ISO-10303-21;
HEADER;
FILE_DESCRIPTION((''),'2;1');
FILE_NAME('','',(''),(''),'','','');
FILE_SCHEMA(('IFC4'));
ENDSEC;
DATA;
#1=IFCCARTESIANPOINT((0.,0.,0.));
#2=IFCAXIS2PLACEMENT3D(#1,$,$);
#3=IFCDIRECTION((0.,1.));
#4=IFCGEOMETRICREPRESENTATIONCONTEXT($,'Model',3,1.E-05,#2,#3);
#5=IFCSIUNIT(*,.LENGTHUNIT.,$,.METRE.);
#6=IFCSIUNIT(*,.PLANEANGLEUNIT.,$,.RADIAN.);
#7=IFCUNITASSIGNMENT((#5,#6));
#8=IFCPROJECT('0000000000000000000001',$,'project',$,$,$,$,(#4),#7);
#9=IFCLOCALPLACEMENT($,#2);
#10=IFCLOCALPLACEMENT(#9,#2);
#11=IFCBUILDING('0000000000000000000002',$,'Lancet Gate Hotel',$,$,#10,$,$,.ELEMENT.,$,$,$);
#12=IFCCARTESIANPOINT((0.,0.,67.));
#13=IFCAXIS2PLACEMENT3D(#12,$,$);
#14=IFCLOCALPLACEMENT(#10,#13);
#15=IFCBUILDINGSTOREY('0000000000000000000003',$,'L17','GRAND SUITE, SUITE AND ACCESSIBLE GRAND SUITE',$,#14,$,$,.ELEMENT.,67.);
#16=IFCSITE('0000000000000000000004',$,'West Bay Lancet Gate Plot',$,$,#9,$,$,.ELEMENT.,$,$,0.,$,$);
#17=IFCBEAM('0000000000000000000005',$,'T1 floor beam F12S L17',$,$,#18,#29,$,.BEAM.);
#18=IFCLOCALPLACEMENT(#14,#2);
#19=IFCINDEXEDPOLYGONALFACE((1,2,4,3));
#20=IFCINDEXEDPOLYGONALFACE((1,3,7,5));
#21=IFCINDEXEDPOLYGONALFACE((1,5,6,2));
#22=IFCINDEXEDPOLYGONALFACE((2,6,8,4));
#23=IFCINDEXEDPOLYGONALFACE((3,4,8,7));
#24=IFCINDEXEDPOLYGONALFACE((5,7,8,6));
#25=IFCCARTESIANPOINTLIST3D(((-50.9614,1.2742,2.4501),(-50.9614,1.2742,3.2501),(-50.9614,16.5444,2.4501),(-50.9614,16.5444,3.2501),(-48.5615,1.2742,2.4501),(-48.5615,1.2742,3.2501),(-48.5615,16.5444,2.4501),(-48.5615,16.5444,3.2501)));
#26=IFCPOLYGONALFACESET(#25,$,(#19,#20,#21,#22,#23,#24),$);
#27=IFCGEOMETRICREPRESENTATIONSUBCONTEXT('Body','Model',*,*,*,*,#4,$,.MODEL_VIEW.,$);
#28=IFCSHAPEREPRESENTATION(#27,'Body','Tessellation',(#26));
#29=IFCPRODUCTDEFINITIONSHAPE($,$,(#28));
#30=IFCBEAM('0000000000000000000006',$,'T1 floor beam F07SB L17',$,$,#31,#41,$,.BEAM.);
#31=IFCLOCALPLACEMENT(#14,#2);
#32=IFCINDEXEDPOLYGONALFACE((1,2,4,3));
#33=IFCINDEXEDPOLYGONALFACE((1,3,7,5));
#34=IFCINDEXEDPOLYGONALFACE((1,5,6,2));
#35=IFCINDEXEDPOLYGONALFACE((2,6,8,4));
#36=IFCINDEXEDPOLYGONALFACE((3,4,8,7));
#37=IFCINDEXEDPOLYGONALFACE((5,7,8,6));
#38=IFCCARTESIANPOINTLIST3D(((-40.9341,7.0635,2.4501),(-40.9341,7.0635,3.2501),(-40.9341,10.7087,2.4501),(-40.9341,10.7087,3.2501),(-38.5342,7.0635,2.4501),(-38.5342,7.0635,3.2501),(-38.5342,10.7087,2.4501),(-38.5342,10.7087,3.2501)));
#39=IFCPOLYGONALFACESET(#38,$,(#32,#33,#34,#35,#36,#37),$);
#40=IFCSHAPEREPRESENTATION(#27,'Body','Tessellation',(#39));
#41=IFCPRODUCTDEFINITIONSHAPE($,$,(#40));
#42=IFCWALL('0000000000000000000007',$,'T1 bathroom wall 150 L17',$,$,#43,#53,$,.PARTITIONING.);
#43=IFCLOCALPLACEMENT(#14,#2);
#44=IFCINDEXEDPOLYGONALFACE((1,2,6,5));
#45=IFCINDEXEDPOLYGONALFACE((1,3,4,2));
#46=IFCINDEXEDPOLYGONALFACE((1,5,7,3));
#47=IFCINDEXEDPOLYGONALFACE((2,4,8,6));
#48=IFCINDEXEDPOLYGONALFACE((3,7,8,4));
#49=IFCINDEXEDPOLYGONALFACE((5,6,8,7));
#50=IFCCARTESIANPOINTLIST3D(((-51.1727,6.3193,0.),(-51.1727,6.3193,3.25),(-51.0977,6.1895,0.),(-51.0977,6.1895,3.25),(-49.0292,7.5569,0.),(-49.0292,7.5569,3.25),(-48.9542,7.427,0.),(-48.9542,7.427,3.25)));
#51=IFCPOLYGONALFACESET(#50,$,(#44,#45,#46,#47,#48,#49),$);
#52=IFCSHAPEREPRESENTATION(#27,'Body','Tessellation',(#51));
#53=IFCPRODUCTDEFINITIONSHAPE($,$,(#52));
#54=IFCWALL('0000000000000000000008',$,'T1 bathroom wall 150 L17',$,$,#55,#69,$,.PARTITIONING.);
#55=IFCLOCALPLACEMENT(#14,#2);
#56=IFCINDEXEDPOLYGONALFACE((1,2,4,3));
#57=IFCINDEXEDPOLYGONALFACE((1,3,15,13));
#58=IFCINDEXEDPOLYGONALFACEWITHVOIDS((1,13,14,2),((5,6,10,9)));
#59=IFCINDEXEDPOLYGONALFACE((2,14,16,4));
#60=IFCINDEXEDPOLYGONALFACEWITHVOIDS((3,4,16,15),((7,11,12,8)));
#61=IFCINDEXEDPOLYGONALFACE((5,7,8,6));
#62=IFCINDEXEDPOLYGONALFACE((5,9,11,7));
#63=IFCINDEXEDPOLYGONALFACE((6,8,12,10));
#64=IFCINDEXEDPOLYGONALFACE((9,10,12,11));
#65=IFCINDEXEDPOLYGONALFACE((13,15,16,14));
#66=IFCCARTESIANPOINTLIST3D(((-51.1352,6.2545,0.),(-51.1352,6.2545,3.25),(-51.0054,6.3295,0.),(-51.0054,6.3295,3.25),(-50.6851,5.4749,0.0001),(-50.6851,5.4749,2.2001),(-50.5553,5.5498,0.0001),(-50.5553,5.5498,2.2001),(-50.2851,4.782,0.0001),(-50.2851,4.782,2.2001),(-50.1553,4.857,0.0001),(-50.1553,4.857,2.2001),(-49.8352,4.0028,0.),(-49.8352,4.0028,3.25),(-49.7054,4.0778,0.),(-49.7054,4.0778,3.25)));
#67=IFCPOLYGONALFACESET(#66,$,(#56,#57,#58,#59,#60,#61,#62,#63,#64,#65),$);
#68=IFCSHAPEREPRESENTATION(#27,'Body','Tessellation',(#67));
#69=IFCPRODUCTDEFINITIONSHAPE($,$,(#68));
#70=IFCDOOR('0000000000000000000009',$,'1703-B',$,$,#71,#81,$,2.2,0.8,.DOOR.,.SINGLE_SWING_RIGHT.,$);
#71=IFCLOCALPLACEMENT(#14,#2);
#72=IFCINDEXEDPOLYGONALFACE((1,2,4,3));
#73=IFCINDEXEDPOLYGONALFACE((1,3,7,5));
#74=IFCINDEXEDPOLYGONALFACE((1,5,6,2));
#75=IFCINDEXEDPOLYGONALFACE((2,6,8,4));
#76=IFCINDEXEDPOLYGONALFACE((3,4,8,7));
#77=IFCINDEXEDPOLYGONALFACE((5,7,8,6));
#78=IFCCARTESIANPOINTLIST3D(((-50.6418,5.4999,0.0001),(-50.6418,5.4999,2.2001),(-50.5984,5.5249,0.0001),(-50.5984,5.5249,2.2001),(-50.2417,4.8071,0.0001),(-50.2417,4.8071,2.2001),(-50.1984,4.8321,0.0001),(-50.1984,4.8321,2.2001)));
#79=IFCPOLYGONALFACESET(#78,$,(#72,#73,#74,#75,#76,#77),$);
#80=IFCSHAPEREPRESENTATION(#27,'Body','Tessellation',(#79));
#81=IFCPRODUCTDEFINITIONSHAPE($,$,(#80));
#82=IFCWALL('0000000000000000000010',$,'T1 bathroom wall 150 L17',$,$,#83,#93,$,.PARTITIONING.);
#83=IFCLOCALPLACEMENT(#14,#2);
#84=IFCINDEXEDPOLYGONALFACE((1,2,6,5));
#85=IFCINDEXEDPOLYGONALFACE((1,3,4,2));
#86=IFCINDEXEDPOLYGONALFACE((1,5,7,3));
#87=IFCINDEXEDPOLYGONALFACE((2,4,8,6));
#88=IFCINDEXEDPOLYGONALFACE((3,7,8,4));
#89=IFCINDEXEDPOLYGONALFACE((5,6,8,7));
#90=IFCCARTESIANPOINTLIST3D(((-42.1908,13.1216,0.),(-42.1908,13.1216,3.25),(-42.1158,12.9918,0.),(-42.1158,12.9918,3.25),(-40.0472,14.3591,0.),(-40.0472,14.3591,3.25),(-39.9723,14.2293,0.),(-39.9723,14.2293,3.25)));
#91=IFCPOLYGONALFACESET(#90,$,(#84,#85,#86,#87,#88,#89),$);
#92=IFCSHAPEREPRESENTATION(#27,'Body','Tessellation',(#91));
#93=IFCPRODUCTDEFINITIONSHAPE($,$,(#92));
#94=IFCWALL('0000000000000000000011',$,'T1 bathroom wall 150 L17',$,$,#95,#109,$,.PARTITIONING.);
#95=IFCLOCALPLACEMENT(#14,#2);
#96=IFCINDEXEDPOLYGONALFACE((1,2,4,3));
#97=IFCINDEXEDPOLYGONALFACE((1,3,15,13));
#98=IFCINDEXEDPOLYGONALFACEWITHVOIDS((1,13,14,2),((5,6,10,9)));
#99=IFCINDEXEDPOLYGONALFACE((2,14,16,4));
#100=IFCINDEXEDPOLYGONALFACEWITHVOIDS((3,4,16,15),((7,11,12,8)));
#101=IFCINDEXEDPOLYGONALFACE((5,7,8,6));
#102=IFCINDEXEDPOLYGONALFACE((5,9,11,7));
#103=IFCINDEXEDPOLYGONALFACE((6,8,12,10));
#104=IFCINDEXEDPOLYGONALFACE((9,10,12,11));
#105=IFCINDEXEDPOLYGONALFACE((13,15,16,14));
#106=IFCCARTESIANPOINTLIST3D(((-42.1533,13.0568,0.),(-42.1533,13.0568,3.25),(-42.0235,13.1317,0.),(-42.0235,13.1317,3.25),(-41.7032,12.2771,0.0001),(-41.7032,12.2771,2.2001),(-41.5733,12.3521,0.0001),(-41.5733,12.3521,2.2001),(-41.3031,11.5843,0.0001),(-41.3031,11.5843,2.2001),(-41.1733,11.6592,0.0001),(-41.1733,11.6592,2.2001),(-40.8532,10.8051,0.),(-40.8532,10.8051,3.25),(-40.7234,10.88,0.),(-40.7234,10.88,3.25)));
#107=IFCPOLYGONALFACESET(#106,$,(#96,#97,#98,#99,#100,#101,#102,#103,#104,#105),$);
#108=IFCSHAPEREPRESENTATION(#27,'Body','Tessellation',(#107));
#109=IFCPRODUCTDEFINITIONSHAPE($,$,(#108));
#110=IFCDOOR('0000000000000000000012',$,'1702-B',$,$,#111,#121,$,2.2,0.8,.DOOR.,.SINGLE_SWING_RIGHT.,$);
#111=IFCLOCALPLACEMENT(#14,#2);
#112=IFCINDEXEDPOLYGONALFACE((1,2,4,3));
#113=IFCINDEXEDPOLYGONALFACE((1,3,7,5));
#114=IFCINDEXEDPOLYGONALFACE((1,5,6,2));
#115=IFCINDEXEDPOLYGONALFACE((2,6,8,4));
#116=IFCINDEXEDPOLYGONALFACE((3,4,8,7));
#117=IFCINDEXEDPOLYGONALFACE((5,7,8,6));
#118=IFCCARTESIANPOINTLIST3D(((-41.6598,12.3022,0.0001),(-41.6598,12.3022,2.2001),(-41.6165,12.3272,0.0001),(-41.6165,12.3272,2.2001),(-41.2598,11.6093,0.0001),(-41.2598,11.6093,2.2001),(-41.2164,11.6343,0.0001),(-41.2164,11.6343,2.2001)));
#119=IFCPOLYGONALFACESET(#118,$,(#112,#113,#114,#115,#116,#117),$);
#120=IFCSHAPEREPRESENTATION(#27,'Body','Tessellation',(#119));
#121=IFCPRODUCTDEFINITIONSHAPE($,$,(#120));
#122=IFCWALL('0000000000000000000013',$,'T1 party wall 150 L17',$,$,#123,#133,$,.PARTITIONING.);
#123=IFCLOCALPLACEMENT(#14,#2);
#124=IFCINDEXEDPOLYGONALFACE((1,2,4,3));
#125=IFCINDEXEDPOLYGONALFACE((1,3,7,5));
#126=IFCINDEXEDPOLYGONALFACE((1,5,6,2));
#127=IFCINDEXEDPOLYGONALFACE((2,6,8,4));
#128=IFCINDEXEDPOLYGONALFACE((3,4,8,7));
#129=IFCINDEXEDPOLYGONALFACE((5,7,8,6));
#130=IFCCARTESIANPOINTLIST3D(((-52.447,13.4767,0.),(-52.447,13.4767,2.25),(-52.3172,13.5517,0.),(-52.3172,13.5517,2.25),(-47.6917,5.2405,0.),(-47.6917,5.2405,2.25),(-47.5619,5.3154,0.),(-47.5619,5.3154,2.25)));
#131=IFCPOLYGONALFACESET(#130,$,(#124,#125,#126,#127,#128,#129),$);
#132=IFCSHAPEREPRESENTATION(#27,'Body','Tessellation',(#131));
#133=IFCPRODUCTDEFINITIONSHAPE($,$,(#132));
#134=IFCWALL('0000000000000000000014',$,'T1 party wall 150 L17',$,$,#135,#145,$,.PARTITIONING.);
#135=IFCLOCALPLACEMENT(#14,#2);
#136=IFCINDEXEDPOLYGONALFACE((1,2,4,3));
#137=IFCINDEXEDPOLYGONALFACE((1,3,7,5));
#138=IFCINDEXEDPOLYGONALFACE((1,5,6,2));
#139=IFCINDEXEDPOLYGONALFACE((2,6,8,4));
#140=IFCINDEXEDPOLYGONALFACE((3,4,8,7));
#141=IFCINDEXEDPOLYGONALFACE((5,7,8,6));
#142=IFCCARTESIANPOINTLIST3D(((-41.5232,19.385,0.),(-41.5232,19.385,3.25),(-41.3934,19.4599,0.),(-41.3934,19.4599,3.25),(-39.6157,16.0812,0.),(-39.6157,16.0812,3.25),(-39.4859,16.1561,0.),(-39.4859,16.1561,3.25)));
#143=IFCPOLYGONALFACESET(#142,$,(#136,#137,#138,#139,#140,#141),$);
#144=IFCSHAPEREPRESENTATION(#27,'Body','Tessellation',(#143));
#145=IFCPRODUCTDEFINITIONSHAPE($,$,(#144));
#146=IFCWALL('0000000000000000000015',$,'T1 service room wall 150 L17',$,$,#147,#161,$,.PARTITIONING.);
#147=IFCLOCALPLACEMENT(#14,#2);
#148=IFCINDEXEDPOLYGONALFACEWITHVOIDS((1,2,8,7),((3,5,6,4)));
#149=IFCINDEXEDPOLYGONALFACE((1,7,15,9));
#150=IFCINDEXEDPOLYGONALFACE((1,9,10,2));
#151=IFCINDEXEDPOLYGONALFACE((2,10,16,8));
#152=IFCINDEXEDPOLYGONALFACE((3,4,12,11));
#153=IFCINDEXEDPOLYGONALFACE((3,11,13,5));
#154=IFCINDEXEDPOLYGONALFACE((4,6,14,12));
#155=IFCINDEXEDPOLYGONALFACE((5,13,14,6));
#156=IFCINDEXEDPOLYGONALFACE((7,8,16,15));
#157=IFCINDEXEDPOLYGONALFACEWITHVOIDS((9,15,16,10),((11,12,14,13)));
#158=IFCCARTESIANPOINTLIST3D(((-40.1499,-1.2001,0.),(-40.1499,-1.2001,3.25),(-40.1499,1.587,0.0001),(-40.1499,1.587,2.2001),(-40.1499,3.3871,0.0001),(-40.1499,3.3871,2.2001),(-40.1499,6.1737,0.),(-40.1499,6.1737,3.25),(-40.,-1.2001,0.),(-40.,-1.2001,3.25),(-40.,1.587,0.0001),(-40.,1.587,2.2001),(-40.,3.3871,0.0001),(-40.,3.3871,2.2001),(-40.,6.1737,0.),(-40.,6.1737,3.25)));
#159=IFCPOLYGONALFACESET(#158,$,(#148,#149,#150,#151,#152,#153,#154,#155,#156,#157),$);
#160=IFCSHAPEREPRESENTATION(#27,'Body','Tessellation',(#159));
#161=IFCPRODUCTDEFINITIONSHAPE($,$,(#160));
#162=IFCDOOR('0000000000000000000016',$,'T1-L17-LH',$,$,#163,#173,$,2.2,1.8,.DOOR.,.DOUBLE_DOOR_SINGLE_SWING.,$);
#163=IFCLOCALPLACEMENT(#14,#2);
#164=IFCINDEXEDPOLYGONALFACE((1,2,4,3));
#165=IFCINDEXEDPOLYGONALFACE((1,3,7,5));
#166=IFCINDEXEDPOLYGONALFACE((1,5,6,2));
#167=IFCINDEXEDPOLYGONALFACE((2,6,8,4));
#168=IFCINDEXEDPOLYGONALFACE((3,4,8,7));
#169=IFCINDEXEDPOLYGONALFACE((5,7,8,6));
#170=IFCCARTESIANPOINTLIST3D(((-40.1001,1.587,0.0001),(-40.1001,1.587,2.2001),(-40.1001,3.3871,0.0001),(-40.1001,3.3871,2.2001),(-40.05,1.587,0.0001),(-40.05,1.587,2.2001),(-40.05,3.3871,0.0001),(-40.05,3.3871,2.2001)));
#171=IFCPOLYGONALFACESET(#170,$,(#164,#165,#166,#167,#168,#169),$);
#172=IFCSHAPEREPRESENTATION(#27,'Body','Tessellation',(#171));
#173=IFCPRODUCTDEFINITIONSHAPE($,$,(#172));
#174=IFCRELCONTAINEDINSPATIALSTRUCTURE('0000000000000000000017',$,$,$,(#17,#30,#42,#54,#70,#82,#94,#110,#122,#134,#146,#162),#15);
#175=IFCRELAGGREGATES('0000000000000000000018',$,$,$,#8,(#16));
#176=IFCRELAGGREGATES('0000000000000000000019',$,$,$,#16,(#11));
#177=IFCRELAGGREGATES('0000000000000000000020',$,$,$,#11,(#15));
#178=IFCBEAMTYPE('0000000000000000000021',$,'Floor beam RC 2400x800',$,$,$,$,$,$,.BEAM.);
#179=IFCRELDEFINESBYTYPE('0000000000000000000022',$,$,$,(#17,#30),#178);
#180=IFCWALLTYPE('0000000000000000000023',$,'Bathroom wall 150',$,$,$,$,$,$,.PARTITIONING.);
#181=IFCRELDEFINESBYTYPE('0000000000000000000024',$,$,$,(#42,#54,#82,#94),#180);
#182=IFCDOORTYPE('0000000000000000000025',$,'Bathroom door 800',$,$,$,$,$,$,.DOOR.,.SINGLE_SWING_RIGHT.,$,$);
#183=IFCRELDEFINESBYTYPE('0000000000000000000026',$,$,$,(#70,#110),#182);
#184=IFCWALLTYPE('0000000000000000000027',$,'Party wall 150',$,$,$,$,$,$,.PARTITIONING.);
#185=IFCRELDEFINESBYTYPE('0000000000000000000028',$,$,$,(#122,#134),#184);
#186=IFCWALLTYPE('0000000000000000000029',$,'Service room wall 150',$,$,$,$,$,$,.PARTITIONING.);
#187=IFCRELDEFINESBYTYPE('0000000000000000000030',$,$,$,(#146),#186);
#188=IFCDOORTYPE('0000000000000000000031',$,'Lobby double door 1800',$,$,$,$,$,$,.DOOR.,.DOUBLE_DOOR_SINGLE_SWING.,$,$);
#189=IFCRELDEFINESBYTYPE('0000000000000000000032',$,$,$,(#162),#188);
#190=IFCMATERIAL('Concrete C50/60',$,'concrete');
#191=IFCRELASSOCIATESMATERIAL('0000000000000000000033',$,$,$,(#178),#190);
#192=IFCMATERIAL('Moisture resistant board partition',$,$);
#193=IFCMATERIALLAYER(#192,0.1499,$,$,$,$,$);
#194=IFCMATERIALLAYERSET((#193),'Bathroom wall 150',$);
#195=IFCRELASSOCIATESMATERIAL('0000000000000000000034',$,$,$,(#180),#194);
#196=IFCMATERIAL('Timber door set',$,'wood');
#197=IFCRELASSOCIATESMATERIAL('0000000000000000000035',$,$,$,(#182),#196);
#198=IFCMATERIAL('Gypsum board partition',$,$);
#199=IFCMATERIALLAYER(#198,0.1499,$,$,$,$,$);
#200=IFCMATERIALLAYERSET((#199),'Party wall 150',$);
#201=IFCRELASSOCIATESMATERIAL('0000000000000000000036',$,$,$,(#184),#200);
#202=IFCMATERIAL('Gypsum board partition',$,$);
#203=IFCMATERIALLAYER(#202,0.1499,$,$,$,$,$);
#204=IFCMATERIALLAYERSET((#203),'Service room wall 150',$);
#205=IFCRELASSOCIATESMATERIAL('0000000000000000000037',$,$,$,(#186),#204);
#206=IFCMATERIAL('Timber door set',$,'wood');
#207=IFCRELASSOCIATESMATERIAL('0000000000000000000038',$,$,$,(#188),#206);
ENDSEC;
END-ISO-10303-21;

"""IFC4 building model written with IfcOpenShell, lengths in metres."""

from ifc_helpers import new_model, si_unit, direction, frame, frame_2d, origin, origin_2d, place, context, subcontext, project, spatial, rectangle, extrude, material, layer, layer_set, material_profile, profile_set, type_object, element, fill, save


model = new_model("IFC4")

# Units and contexts
model_context = context("Model", 3, precision=1e-05, world=origin(), true_north=direction((0.0, 1.0)))
body_context = subcontext(model_context, "Body", "Model", "MODEL_VIEW")
ifc_project = project(units=[si_unit("LENGTHUNIT", "METRE"), si_unit("PLANEANGLEUNIT", "RADIAN")], contexts=[model_context])

# Site, building, storey
site_placement = place(None, origin())
site = spatial("IfcSite", under=ifc_project, at=site_placement, Name="West Bay Lancet Gate Plot", CompositionType="ELEMENT", RefElevation=0.0)
building_placement = place(site_placement, origin())
building = spatial("IfcBuilding", under=site, at=building_placement, Name="Lancet Gate Hotel", CompositionType="ELEMENT")
storey_placement = place(building_placement, frame((0.0, 0.0, 67.0)))
storey = spatial("IfcBuildingStorey", under=building, at=storey_placement, Name="L17", Description="GRAND SUITE, SUITE AND ACCESSIBLE GRAND SUITE", CompositionType="ELEMENT", Elevation=67.0)

# Beams
ifc_material_1 = material(Name="Concrete C50/60", Category="concrete")
ifc_material_profile_1 = material_profile(ifc_material_1, rectangle(XDim=2.3999, YDim=0.8, at=origin_2d()), Name="RC 2400x800")
ifc_profile_set_1 = profile_set([ifc_material_profile_1], Name="Concrete C50/60")
beam_type_1 = type_object("IfcBeamType", Name="Floor beam RC 2400x800", PredefinedType="BEAM", material=ifc_profile_set_1)
beam_1_placement = place(storey_placement, frame((-49.7615, 16.5444, 2.8501), z_axis=(0.0, -1.0, 0.0), x_axis=(1.0, 0.0, 0.0)))
element("IfcBeam", 1, at=beam_1_placement, inside=storey, type_object=beam_type_1, Name="T1 floor beam F12S L17", PredefinedType="BEAM", context=body_context, shape_type="SweptSolid", body=[
    extrude(rectangle(XDim=2.3999, YDim=0.8, at=origin_2d()), origin(), (0.0, 0.0, 1.0), 15.2703),
])
beam_2_placement = place(storey_placement, frame((-39.7341, 10.7087, 2.8501), z_axis=(0.0, -1.0, 0.0), x_axis=(1.0, 0.0, 0.0)))
element("IfcBeam", 2, at=beam_2_placement, inside=storey, type_object=beam_type_1, Name="T1 floor beam F07SB L17", PredefinedType="BEAM", context=body_context, shape_type="SweptSolid", body=[
    extrude(rectangle(XDim=2.3999, YDim=0.8, at=origin_2d()), origin(), (0.0, 0.0, 1.0), 3.6453),
])

# Wall
ifc_material_2 = material(Name="Moisture resistant board partition")
ifc_layer_1 = layer(ifc_material_2, 0.1499)
ifc_layer_set_1 = layer_set([ifc_layer_1], Name="Bathroom wall 150")
wall_type_1 = type_object("IfcWallType", Name="Bathroom wall 150", PredefinedType="PARTITIONING", material=ifc_layer_set_1)
wall_1_placement = place(storey_placement, frame((-48.9917, 7.4919, 0.0), z_axis=(0.0, 0.0, 1.0), x_axis=(-0.866031, -0.49999, 0.0)))
element("IfcWall", 3, at=wall_1_placement, inside=storey, type_object=wall_type_1, Name="T1 bathroom wall 150 L17", PredefinedType="PARTITIONING", context=body_context, shape_type="SweptSolid", body=[
    extrude(rectangle(XDim=2.4751, YDim=0.1499, at=frame_2d((1.2375, 0.0))), origin(), (0.0, 0.0, 1.0), 3.25),
])

# Wall, opening, door
wall_2_placement = place(storey_placement, frame((-49.7703, 4.0403, 0.0), z_axis=(0.0, 0.0, 1.0), x_axis=(-0.500007, 0.866021, 0.0)))
wall_2 = element("IfcWall", 4, at=wall_2_placement, inside=storey, type_object=wall_type_1, Name="T1 bathroom wall 150 L17", PredefinedType="PARTITIONING", context=body_context, shape_type="SweptSolid", body=[
    extrude(rectangle(XDim=2.6001, YDim=0.1499, at=frame_2d((1.3, 0.0))), origin(), (0.0, 0.0, 1.0), 3.25),
])
opening_1_placement = place(wall_2_placement, frame((0.8999, 0.0, 0.0)))
opening_1 = element("IfcOpeningElement", 5, at=opening_1_placement, cuts=wall_2, PredefinedType="OPENING", context=body_context, shape_type="SweptSolid", body=[
    extrude(rectangle(XDim=0.8, YDim=2.2, at=frame_2d((0.3999, 1.1001))), frame((0.0, 0.085, 0.0), z_axis=(0.0, -1.0, 0.0), x_axis=(1.0, 0.0, 0.0)), (0.0, 0.0, 1.0), 0.1699),
])
ifc_material_3 = material(Name="Timber door set", Category="wood")
door_type_1 = type_object("IfcDoorType", Name="Bathroom door 800", OperationType="SINGLE_SWING_RIGHT", PredefinedType="DOOR", material=ifc_material_3)
door_1_placement = place(opening_1_placement, origin())
door_1 = element("IfcDoor", 6, at=door_1_placement, inside=storey, type_object=door_type_1, Name="1703-B", OperationType="SINGLE_SWING_RIGHT", OverallHeight=2.2, OverallWidth=0.8, PredefinedType="DOOR", context=body_context, shape_type="SweptSolid", body=[
    extrude(rectangle(XDim=0.8, YDim=2.2, at=frame_2d((0.3999, 1.1001))), frame((0.0, 0.0249, 0.0), z_axis=(0.0, -1.0, 0.0), x_axis=(1.0, 0.0, 0.0)), (0.0, 0.0, 1.0), 0.05),
])
fill(opening_1, door_1)

# Wall
wall_3_placement = place(storey_placement, frame((-40.0098, 14.2942, 0.0), z_axis=(0.0, 0.0, 1.0), x_axis=(-0.866031, -0.49999, 0.0)))
element("IfcWall", 7, at=wall_3_placement, inside=storey, type_object=wall_type_1, Name="T1 bathroom wall 150 L17", PredefinedType="PARTITIONING", context=body_context, shape_type="SweptSolid", body=[
    extrude(rectangle(XDim=2.4751, YDim=0.1499, at=frame_2d((1.2375, 0.0))), origin(), (0.0, 0.0, 1.0), 3.25),
])

# Wall, opening, door
wall_4_placement = place(storey_placement, frame((-40.7883, 10.8425, 0.0), z_axis=(0.0, 0.0, 1.0), x_axis=(-0.500007, 0.866021, 0.0)))
wall_4 = element("IfcWall", 8, at=wall_4_placement, inside=storey, type_object=wall_type_1, Name="T1 bathroom wall 150 L17", PredefinedType="PARTITIONING", context=body_context, shape_type="SweptSolid", body=[
    extrude(rectangle(XDim=2.6001, YDim=0.1499, at=frame_2d((1.3, 0.0))), origin(), (0.0, 0.0, 1.0), 3.25),
])
opening_2_placement = place(wall_4_placement, frame((0.8999, 0.0, 0.0)))
opening_2 = element("IfcOpeningElement", 9, at=opening_2_placement, cuts=wall_4, PredefinedType="OPENING", context=body_context, shape_type="SweptSolid", body=[
    extrude(rectangle(XDim=0.8, YDim=2.2, at=frame_2d((0.3999, 1.1001))), frame((0.0, 0.085, 0.0), z_axis=(0.0, -1.0, 0.0), x_axis=(1.0, 0.0, 0.0)), (0.0, 0.0, 1.0), 0.1699),
])
door_2_placement = place(opening_2_placement, origin())
door_2 = element("IfcDoor", 10, at=door_2_placement, inside=storey, type_object=door_type_1, Name="1702-B", OperationType="SINGLE_SWING_RIGHT", OverallHeight=2.2, OverallWidth=0.8, PredefinedType="DOOR", context=body_context, shape_type="SweptSolid", body=[
    extrude(rectangle(XDim=0.8, YDim=2.2, at=frame_2d((0.3999, 1.1001))), frame((0.0, 0.0249, 0.0), z_axis=(0.0, -1.0, 0.0), x_axis=(1.0, 0.0, 0.0)), (0.0, 0.0, 1.0), 0.05),
])
fill(opening_2, door_2)

# Walls
ifc_material_4 = material(Name="Gypsum board partition")
ifc_layer_2 = layer(ifc_material_4, 0.1499)
ifc_layer_set_2 = layer_set([ifc_layer_2], Name="Party wall 150")
wall_type_2 = type_object("IfcWallType", Name="Party wall 150", PredefinedType="PARTITIONING", material=ifc_layer_set_2)
wall_5_placement = place(storey_placement, frame((-47.6267, 5.2778, 0.0), z_axis=(0.0, 0.0, 1.0), x_axis=(-0.50001, 0.86602, 0.0)))
element("IfcWall", 11, at=wall_5_placement, inside=storey, type_object=wall_type_2, Name="T1 party wall 150 L17", PredefinedType="PARTITIONING", context=body_context, shape_type="SweptSolid", body=[
    extrude(rectangle(XDim=9.5105, YDim=0.1499, at=frame_2d((4.7554, 0.0))), origin(), (0.0, 0.0, 1.0), 2.25),
])
wall_6_placement = place(storey_placement, frame((-39.5508, 16.1187, 0.0), z_axis=(0.0, 0.0, 1.0), x_axis=(-0.500014, 0.866017, 0.0)))
element("IfcWall", 12, at=wall_6_placement, inside=storey, type_object=wall_type_2, Name="T1 party wall 150 L17", PredefinedType="PARTITIONING", context=body_context, shape_type="SweptSolid", body=[
    extrude(rectangle(XDim=3.8149, YDim=0.1499, at=frame_2d((1.9075, 0.0))), origin(), (0.0, 0.0, 1.0), 3.25),
])

# Wall, opening, door
ifc_material_5 = material(Name="Gypsum board partition")
ifc_layer_3 = layer(ifc_material_5, 0.1499)
ifc_layer_set_3 = layer_set([ifc_layer_3], Name="Service room wall 150")
wall_type_3 = type_object("IfcWallType", Name="Service room wall 150", PredefinedType="PARTITIONING", material=ifc_layer_set_3)
wall_7_placement = place(storey_placement, frame((-40.075, 6.1738, 0.0), z_axis=(0.0, 0.0, 1.0), x_axis=(0.0, -1.0, 0.0)))
wall_7 = element("IfcWall", 13, at=wall_7_placement, inside=storey, type_object=wall_type_3, Name="T1 service room wall 150 L17", PredefinedType="PARTITIONING", context=body_context, shape_type="SweptSolid", body=[
    extrude(rectangle(XDim=7.3738, YDim=0.1499, at=frame_2d((3.687, 0.0))), origin(), (0.0, 0.0, 1.0), 3.25),
])
opening_3_placement = place(wall_7_placement, frame((2.7869, 0.0, 0.0)))
opening_3 = element("IfcOpeningElement", 14, at=opening_3_placement, cuts=wall_7, PredefinedType="OPENING", context=body_context, shape_type="SweptSolid", body=[
    extrude(rectangle(XDim=1.8, YDim=2.2, at=frame_2d((0.8999, 1.1001))), frame((0.0, 0.085, 0.0), z_axis=(0.0, -1.0, 0.0), x_axis=(1.0, 0.0, 0.0)), (0.0, 0.0, 1.0), 0.1699),
])
ifc_material_6 = material(Name="Timber door set", Category="wood")
door_type_2 = type_object("IfcDoorType", Name="Lobby double door 1800", OperationType="DOUBLE_DOOR_SINGLE_SWING", PredefinedType="DOOR", material=ifc_material_6)
door_3_placement = place(opening_3_placement, origin())
door_3 = element("IfcDoor", 15, at=door_3_placement, inside=storey, type_object=door_type_2, Name="T1-L17-LH", OperationType="DOUBLE_DOOR_SINGLE_SWING", OverallHeight=2.2, OverallWidth=1.8, PredefinedType="DOOR", context=body_context, shape_type="SweptSolid", body=[
    extrude(rectangle(XDim=1.8, YDim=2.2, at=frame_2d((0.8999, 1.1001))), frame((0.0, 0.0249, 0.0), z_axis=(0.0, -1.0, 0.0), x_axis=(1.0, 0.0, 0.0)), (0.0, 0.0, 1.0), 0.05),
])
fill(opening_3, door_3)

save(model, "model.ifc")
